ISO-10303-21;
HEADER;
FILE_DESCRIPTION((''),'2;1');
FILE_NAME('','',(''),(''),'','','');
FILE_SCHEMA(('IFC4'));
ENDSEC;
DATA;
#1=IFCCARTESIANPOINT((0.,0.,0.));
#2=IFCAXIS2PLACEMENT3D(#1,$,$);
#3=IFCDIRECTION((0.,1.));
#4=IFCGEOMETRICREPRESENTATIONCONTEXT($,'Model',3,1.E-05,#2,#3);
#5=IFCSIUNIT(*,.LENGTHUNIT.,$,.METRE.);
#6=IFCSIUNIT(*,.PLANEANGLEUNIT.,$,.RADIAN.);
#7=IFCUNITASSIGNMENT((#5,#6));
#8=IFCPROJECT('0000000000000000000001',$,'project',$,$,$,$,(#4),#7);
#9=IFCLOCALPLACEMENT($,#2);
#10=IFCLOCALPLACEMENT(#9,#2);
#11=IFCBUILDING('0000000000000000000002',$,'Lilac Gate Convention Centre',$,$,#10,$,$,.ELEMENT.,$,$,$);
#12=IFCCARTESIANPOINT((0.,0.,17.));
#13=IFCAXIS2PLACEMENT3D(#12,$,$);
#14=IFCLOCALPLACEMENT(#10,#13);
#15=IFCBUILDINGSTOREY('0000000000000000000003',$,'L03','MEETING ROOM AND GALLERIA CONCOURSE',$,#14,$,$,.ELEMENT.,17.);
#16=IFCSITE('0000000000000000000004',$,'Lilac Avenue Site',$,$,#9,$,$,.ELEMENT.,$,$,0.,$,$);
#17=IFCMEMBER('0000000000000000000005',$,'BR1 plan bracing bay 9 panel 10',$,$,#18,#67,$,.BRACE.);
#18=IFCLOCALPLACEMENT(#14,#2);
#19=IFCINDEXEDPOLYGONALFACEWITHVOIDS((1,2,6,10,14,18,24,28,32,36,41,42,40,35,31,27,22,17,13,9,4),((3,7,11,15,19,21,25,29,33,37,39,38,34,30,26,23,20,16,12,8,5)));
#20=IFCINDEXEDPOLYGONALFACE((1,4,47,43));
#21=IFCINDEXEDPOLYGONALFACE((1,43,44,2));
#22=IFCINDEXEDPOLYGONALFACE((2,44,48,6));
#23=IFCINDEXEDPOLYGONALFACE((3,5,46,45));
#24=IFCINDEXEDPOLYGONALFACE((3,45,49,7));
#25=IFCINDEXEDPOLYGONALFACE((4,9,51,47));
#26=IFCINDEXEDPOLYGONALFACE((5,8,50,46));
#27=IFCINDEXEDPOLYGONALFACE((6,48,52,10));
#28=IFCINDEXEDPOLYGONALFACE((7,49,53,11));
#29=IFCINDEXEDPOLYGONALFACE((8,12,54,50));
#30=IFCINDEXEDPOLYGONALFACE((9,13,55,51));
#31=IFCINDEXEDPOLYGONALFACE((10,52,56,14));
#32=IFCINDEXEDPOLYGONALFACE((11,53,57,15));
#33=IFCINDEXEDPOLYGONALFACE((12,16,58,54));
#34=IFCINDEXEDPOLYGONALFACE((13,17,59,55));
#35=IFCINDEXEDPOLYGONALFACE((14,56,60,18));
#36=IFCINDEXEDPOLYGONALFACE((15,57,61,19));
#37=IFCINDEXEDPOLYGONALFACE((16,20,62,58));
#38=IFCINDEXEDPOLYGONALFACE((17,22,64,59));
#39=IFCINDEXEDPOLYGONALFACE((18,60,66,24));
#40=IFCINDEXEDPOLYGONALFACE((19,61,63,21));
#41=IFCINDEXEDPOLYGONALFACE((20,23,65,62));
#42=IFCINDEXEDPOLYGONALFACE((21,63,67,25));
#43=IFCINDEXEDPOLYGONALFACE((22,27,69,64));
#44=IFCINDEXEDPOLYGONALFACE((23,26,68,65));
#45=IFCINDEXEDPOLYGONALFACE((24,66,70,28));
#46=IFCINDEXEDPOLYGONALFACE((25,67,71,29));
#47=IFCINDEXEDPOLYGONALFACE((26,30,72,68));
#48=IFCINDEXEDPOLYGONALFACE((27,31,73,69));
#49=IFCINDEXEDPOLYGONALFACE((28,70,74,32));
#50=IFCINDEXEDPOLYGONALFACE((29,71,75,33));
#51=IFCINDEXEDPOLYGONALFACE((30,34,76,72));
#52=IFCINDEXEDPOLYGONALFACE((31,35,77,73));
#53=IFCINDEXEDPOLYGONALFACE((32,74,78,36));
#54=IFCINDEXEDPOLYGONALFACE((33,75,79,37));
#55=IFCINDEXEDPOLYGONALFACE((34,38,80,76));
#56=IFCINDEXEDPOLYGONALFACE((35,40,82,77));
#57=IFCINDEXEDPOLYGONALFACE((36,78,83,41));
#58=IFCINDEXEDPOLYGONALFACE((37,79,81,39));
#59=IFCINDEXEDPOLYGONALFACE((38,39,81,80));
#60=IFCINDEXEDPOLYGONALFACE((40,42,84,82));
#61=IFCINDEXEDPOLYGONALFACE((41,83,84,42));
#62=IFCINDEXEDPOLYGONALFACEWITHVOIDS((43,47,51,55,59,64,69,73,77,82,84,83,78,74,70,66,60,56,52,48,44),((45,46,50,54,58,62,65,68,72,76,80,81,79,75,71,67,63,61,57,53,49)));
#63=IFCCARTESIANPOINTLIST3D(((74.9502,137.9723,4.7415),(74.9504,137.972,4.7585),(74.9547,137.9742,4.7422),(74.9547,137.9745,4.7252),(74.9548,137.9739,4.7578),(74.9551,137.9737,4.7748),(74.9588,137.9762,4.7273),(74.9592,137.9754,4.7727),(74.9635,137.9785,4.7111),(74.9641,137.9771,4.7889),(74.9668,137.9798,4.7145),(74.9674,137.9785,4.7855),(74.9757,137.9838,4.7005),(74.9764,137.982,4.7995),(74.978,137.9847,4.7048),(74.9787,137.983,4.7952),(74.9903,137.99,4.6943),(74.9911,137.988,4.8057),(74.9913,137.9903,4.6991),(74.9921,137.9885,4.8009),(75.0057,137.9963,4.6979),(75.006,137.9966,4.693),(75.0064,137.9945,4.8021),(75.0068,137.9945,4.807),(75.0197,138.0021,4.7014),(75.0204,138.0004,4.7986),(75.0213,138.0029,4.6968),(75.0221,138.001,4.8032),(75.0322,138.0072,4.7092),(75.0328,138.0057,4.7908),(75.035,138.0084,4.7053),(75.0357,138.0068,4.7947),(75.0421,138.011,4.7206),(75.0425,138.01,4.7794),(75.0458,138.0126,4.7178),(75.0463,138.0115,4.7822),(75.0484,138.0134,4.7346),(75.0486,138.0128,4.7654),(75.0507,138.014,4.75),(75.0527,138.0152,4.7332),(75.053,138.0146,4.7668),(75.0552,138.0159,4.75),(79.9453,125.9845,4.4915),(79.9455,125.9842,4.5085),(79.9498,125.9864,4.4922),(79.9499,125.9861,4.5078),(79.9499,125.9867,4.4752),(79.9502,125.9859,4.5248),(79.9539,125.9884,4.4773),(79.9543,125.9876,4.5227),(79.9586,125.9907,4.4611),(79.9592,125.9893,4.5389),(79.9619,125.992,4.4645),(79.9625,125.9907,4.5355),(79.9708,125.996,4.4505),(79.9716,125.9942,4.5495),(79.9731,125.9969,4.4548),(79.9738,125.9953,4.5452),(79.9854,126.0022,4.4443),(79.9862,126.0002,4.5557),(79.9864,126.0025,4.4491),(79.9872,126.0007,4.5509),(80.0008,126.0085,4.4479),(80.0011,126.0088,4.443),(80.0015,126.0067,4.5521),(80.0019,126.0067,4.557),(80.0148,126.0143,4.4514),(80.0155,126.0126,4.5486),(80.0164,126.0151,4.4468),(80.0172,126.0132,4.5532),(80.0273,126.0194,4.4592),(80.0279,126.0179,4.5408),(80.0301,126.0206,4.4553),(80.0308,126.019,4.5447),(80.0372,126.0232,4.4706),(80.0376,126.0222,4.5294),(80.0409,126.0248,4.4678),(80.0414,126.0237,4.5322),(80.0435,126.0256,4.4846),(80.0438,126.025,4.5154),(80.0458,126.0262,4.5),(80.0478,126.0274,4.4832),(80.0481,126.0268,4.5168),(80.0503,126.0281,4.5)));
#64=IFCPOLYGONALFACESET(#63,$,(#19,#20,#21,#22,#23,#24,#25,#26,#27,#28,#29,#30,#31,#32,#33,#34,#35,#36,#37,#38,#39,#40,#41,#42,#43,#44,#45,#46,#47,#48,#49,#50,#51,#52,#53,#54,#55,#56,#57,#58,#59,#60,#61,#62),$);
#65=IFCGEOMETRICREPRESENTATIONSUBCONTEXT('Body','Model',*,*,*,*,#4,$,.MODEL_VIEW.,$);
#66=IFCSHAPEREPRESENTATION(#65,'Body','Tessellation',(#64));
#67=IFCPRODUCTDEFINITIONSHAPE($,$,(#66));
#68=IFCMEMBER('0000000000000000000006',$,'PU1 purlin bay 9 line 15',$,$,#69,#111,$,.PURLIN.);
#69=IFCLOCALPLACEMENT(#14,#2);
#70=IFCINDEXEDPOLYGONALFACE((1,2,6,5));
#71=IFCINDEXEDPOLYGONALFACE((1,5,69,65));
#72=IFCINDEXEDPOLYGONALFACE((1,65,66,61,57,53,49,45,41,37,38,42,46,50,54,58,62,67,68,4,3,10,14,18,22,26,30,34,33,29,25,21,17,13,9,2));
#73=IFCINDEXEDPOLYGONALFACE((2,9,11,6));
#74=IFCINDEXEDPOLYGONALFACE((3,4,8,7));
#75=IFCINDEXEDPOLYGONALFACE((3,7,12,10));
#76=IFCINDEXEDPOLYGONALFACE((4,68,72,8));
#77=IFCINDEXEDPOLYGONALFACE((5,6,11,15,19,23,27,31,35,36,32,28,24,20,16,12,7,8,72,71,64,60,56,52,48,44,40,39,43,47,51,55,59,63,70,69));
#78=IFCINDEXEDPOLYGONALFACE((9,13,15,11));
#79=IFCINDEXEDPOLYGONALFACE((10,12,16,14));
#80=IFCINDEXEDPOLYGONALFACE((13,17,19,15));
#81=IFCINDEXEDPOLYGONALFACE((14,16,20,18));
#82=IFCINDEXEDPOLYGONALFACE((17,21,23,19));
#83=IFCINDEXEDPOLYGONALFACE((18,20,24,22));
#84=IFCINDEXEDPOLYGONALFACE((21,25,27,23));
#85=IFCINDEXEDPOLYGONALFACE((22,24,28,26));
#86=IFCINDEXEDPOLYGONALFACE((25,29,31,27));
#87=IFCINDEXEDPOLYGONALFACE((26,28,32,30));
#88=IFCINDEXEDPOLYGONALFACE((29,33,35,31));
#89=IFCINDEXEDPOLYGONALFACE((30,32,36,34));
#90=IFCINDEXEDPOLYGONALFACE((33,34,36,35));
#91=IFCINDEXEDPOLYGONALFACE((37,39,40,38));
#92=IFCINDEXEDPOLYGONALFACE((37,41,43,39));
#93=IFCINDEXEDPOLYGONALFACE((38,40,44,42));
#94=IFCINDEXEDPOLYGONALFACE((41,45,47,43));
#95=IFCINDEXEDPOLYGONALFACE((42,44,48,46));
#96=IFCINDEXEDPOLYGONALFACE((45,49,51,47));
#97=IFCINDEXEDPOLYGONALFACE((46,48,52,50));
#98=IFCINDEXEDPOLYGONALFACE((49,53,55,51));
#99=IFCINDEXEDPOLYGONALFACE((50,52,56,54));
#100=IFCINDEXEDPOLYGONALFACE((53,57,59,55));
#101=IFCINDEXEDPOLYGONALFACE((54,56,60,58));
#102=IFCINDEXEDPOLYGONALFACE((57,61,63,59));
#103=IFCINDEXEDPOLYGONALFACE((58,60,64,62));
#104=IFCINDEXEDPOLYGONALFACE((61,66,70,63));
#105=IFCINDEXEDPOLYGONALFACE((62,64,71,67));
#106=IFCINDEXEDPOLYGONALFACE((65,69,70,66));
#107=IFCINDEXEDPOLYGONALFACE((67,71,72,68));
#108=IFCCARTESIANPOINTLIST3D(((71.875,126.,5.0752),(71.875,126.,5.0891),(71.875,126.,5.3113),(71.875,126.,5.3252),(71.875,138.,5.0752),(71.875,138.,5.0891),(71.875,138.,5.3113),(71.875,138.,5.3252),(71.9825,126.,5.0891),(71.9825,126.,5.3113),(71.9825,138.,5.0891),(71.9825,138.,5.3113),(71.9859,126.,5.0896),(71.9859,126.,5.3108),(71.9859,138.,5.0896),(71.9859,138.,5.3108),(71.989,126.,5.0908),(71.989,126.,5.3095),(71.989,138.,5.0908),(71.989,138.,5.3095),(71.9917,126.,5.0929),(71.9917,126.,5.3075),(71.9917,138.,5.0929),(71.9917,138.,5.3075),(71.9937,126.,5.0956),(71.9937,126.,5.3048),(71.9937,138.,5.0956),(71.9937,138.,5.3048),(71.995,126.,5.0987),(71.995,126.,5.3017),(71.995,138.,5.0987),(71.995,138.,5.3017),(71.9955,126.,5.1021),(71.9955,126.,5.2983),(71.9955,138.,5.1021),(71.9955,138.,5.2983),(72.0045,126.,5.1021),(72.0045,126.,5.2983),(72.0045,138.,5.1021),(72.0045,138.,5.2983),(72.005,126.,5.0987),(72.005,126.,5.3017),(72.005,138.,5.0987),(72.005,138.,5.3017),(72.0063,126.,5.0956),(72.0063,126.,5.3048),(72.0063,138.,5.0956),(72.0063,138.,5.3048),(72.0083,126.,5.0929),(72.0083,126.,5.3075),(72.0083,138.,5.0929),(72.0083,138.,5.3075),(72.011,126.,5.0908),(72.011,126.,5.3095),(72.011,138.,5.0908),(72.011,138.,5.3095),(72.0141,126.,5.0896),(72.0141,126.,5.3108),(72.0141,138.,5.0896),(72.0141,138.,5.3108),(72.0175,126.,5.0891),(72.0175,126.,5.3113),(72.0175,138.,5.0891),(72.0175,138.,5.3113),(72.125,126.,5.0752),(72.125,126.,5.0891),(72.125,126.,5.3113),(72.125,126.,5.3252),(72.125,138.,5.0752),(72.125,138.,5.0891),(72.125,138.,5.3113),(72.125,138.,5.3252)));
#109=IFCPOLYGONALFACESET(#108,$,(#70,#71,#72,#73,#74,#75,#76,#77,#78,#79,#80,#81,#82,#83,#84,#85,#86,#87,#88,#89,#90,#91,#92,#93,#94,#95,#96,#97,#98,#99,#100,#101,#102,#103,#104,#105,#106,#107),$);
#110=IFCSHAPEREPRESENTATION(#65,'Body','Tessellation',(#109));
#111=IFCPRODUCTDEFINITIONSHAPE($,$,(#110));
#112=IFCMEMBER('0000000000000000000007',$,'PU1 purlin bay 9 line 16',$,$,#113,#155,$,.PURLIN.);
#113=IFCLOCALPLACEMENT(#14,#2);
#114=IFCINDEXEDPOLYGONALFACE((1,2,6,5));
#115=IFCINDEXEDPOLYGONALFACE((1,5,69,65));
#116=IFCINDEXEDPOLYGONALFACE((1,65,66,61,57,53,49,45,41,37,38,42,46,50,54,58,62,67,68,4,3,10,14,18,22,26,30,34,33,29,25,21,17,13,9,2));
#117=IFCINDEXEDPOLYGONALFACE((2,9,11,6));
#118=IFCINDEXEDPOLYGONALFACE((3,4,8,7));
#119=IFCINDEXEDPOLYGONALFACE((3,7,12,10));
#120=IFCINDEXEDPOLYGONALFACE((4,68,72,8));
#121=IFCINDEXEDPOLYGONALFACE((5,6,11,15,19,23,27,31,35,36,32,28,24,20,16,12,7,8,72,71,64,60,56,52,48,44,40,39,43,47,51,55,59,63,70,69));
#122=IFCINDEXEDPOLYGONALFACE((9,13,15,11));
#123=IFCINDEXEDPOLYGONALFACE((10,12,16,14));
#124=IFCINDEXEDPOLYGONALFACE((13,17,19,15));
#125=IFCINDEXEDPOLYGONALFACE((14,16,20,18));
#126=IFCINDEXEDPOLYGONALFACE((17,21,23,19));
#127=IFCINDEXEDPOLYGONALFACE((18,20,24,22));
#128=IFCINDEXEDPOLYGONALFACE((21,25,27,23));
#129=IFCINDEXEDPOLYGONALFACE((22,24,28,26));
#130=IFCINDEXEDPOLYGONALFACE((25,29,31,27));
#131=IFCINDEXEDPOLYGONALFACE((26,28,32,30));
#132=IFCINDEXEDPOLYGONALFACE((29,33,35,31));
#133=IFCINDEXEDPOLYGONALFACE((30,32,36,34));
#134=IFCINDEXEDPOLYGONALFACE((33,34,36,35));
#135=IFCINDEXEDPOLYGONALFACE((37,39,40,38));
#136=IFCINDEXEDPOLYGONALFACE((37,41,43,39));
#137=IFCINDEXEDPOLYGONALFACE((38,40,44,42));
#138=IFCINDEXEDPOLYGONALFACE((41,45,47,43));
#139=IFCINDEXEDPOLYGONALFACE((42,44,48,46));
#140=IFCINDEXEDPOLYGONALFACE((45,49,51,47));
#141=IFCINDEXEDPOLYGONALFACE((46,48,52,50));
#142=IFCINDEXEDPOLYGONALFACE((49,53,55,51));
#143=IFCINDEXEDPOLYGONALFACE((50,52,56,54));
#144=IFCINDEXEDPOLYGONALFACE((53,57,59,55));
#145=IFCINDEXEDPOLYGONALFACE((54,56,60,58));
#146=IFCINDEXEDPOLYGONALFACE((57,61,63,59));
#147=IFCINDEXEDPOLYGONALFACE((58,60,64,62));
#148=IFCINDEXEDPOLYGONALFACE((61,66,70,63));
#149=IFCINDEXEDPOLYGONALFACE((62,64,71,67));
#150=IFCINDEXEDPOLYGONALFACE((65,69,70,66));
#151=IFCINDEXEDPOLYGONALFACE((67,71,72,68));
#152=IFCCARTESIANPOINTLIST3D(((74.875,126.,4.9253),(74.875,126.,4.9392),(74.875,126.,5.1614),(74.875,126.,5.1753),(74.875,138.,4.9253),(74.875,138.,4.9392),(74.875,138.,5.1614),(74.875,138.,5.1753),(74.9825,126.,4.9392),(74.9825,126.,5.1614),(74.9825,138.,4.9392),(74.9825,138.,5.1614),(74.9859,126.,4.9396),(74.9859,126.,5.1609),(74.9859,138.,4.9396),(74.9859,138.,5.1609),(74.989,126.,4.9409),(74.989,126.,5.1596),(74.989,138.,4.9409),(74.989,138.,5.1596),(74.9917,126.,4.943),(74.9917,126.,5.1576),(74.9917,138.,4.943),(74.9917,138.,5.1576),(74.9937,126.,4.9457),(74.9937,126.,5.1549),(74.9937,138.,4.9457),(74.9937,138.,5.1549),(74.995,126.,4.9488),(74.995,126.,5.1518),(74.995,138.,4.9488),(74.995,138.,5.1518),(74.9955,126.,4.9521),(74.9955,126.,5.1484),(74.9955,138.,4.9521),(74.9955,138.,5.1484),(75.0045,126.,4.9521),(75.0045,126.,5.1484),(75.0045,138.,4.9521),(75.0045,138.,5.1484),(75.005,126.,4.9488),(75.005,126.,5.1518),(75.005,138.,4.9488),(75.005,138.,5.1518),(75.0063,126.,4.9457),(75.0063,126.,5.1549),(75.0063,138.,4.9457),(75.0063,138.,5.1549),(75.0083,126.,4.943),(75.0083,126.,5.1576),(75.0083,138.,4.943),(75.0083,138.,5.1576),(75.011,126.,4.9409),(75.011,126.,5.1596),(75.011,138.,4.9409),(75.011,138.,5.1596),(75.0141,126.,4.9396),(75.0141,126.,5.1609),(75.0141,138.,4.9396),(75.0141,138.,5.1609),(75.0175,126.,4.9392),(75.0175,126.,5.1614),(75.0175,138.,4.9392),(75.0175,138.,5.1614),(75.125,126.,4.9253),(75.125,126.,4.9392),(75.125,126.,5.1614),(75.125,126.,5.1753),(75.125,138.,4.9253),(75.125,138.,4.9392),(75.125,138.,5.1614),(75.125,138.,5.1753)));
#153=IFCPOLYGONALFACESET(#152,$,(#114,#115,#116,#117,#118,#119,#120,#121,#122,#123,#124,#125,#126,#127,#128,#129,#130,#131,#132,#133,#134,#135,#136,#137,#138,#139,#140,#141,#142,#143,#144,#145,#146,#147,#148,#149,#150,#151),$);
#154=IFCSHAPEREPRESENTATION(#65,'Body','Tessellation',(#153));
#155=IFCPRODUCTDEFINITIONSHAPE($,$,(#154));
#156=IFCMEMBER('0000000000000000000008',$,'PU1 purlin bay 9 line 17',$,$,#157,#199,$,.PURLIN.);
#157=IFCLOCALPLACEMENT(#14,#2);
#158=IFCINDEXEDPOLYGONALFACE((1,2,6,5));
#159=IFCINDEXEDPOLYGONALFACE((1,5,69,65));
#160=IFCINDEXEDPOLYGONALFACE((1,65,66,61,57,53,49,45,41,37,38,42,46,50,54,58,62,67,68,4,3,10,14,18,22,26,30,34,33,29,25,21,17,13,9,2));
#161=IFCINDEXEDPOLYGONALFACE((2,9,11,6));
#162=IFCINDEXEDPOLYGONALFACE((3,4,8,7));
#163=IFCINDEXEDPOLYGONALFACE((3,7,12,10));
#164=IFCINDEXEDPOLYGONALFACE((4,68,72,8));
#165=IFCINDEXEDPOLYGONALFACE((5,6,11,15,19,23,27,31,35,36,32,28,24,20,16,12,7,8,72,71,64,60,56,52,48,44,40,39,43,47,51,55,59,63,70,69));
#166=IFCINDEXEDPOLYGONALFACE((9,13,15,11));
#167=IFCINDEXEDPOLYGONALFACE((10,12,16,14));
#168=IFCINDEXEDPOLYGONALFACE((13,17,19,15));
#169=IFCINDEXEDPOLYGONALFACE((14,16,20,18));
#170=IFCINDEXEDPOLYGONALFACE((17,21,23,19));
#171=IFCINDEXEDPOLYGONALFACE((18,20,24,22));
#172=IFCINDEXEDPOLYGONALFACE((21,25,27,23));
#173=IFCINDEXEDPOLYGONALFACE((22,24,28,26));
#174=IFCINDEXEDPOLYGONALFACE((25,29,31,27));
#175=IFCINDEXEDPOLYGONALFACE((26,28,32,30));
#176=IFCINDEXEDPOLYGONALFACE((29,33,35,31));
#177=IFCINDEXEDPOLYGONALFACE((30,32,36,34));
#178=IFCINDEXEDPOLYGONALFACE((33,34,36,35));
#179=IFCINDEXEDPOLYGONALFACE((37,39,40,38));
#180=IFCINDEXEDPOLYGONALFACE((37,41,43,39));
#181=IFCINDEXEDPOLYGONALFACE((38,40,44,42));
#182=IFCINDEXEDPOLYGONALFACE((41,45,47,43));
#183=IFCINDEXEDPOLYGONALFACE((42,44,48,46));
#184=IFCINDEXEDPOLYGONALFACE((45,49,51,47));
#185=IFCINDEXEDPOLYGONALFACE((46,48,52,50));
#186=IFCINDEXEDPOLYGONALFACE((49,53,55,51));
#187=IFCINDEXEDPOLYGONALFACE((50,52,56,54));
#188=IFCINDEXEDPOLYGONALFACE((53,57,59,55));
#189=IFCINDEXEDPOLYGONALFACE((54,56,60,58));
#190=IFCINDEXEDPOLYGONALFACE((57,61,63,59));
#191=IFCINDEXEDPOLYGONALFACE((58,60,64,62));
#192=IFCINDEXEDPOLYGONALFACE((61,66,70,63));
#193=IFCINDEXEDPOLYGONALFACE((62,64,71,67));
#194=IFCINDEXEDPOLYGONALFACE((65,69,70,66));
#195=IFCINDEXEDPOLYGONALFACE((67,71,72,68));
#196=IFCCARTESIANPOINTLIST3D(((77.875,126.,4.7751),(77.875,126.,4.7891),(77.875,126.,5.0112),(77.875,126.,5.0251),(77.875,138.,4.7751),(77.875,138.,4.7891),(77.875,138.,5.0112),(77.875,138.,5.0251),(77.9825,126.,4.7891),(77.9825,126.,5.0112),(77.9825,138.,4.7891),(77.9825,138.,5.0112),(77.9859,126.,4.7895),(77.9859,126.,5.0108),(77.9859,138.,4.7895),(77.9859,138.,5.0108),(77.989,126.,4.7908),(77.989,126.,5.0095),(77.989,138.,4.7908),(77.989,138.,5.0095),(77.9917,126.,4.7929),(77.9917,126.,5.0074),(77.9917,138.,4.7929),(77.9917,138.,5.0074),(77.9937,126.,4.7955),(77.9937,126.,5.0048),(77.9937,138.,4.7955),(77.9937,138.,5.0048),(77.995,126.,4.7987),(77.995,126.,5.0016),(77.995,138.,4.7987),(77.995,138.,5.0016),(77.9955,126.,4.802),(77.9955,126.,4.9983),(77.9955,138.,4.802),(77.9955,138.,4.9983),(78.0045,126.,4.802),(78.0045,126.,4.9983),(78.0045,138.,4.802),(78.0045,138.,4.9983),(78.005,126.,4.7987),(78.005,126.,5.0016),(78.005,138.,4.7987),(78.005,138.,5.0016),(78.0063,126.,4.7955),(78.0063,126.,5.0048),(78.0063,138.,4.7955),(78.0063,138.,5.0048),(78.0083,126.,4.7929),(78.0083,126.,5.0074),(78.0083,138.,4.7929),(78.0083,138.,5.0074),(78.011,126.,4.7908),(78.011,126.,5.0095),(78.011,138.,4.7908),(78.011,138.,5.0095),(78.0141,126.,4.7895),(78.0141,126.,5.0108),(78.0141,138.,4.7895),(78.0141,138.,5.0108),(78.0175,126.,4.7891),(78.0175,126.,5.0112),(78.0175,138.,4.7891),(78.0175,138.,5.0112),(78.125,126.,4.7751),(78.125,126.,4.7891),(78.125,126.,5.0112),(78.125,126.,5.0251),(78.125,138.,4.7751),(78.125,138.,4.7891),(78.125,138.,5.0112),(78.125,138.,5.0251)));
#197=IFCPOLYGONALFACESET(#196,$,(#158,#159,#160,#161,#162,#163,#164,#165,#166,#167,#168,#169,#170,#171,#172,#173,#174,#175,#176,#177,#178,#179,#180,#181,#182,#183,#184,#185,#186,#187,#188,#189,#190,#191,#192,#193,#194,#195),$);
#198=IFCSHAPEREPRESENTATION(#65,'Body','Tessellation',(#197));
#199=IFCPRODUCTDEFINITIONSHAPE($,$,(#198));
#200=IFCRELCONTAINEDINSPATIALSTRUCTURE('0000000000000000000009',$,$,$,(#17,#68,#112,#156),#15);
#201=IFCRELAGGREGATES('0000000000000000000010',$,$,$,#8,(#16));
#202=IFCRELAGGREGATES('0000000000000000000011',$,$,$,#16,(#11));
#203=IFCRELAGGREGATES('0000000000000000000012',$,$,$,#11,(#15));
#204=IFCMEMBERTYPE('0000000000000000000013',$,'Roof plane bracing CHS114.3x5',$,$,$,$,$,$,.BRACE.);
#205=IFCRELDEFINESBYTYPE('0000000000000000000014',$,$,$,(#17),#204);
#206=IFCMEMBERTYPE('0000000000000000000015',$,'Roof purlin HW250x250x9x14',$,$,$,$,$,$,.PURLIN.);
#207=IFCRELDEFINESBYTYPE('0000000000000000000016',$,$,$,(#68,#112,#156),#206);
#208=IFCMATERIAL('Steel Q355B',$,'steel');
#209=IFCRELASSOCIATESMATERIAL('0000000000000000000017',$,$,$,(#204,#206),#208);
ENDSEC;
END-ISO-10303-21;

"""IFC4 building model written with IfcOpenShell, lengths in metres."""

from ifc_helpers import new_model, si_unit, direction, frame, origin, origin_2d, place, context, subcontext, project, spatial, hollow_circle, i_section, extrude, material, material_profile, profile_set, type_object, element, save


model = new_model("IFC4")

# Units and contexts
model_context = context("Model", 3, precision=1e-05, world=origin(), true_north=direction((0.0, 1.0)))
body_context = subcontext(model_context, "Body", "Model", "MODEL_VIEW")
ifc_project = project(units=[si_unit("LENGTHUNIT", "METRE"), si_unit("PLANEANGLEUNIT", "RADIAN")], contexts=[model_context])

# Site, building, storey
site_placement = place(None, origin())
site = spatial("IfcSite", under=ifc_project, at=site_placement, Name="Lilac Avenue Site", CompositionType="ELEMENT", RefElevation=0.0)
building_placement = place(site_placement, origin())
building = spatial("IfcBuilding", under=site, at=building_placement, Name="Lilac Gate Convention Centre", CompositionType="ELEMENT")
storey_placement = place(building_placement, frame((0.0, 0.0, 17.0)))
storey = spatial("IfcBuildingStorey", under=building, at=storey_placement, Name="L03", Description="MEETING ROOM AND GALLERIA CONCOURSE", CompositionType="ELEMENT", Elevation=17.0)

# Members
ifc_material = material(Name="Steel Q355B", Category="steel")
ifc_material_profile_1 = material_profile(ifc_material, hollow_circle(Radius=0.0571, WallThickness=0.0049, at=origin_2d()), Name="CHS114.3x5")
ifc_profile_set_1 = profile_set([ifc_material_profile_1], Name="Steel Q355B")
member_type_1 = type_object("IfcMemberType", Name="Roof plane bracing CHS114.3x5", PredefinedType="BRACE", material=ifc_profile_set_1)
for number, where, z_axis, x_axis, name in (
    (1, (75.0024, 137.9939, 4.75), (0.384557, -0.9229, -0.019247), (0.923071, 0.384629, 0.0), "BR1 plan bracing bay 9 panel 10"),
):
    element("IfcMember", number, at=place(storey_placement, frame(where, z_axis=z_axis, x_axis=x_axis)), inside=storey, type_object=member_type_1, Name=name, PredefinedType="BRACE", context=body_context, shape_type="SweptSolid", body=[
        extrude(hollow_circle(Radius=0.0571, WallThickness=0.0049, at=origin_2d()), origin(), (0.0, 0.0, 1.0), 12.9893),
    ])
ifc_material_profile_2 = material_profile(ifc_material, i_section(OverallWidth=0.25, OverallDepth=0.25, WebThickness=0.009, FlangeThickness=0.0139, FilletRadius=0.0129, at=origin_2d()), Name="HW250x250x9x14")
ifc_profile_set_2 = profile_set([ifc_material_profile_2], Name="Steel Q355B")
member_type_2 = type_object("IfcMemberType", Name="Roof purlin HW250x250x9x14", PredefinedType="PURLIN", material=ifc_profile_set_2)
for number, where, z_axis, x_axis, name in (
    (2, (72.0, 126.0, 5.2002), (0.0, 1.0, 0.0), (-1.0, 0.0, 0.0), "PU1 purlin bay 9 line 15"),
    (3, (75.0, 126.0, 5.0503), (0.0, 1.0, 0.0), (-1.0, 0.0, 0.0), "PU1 purlin bay 9 line 16"),
    (4, (78.0, 126.0, 4.9001), (0.0, 1.0, 0.0), (-1.0, 0.0, 0.0), "PU1 purlin bay 9 line 17"),
):
    element("IfcMember", number, at=place(storey_placement, frame(where, z_axis=z_axis, x_axis=x_axis)), inside=storey, type_object=member_type_2, Name=name, PredefinedType="PURLIN", context=body_context, shape_type="SweptSolid", body=[
        extrude(i_section(OverallWidth=0.25, OverallDepth=0.25, WebThickness=0.009, FlangeThickness=0.0139, FilletRadius=0.0129, at=origin_2d()), origin(), (0.0, 0.0, 1.0), 12.0),
    ])

save(model, "model.ifc")
